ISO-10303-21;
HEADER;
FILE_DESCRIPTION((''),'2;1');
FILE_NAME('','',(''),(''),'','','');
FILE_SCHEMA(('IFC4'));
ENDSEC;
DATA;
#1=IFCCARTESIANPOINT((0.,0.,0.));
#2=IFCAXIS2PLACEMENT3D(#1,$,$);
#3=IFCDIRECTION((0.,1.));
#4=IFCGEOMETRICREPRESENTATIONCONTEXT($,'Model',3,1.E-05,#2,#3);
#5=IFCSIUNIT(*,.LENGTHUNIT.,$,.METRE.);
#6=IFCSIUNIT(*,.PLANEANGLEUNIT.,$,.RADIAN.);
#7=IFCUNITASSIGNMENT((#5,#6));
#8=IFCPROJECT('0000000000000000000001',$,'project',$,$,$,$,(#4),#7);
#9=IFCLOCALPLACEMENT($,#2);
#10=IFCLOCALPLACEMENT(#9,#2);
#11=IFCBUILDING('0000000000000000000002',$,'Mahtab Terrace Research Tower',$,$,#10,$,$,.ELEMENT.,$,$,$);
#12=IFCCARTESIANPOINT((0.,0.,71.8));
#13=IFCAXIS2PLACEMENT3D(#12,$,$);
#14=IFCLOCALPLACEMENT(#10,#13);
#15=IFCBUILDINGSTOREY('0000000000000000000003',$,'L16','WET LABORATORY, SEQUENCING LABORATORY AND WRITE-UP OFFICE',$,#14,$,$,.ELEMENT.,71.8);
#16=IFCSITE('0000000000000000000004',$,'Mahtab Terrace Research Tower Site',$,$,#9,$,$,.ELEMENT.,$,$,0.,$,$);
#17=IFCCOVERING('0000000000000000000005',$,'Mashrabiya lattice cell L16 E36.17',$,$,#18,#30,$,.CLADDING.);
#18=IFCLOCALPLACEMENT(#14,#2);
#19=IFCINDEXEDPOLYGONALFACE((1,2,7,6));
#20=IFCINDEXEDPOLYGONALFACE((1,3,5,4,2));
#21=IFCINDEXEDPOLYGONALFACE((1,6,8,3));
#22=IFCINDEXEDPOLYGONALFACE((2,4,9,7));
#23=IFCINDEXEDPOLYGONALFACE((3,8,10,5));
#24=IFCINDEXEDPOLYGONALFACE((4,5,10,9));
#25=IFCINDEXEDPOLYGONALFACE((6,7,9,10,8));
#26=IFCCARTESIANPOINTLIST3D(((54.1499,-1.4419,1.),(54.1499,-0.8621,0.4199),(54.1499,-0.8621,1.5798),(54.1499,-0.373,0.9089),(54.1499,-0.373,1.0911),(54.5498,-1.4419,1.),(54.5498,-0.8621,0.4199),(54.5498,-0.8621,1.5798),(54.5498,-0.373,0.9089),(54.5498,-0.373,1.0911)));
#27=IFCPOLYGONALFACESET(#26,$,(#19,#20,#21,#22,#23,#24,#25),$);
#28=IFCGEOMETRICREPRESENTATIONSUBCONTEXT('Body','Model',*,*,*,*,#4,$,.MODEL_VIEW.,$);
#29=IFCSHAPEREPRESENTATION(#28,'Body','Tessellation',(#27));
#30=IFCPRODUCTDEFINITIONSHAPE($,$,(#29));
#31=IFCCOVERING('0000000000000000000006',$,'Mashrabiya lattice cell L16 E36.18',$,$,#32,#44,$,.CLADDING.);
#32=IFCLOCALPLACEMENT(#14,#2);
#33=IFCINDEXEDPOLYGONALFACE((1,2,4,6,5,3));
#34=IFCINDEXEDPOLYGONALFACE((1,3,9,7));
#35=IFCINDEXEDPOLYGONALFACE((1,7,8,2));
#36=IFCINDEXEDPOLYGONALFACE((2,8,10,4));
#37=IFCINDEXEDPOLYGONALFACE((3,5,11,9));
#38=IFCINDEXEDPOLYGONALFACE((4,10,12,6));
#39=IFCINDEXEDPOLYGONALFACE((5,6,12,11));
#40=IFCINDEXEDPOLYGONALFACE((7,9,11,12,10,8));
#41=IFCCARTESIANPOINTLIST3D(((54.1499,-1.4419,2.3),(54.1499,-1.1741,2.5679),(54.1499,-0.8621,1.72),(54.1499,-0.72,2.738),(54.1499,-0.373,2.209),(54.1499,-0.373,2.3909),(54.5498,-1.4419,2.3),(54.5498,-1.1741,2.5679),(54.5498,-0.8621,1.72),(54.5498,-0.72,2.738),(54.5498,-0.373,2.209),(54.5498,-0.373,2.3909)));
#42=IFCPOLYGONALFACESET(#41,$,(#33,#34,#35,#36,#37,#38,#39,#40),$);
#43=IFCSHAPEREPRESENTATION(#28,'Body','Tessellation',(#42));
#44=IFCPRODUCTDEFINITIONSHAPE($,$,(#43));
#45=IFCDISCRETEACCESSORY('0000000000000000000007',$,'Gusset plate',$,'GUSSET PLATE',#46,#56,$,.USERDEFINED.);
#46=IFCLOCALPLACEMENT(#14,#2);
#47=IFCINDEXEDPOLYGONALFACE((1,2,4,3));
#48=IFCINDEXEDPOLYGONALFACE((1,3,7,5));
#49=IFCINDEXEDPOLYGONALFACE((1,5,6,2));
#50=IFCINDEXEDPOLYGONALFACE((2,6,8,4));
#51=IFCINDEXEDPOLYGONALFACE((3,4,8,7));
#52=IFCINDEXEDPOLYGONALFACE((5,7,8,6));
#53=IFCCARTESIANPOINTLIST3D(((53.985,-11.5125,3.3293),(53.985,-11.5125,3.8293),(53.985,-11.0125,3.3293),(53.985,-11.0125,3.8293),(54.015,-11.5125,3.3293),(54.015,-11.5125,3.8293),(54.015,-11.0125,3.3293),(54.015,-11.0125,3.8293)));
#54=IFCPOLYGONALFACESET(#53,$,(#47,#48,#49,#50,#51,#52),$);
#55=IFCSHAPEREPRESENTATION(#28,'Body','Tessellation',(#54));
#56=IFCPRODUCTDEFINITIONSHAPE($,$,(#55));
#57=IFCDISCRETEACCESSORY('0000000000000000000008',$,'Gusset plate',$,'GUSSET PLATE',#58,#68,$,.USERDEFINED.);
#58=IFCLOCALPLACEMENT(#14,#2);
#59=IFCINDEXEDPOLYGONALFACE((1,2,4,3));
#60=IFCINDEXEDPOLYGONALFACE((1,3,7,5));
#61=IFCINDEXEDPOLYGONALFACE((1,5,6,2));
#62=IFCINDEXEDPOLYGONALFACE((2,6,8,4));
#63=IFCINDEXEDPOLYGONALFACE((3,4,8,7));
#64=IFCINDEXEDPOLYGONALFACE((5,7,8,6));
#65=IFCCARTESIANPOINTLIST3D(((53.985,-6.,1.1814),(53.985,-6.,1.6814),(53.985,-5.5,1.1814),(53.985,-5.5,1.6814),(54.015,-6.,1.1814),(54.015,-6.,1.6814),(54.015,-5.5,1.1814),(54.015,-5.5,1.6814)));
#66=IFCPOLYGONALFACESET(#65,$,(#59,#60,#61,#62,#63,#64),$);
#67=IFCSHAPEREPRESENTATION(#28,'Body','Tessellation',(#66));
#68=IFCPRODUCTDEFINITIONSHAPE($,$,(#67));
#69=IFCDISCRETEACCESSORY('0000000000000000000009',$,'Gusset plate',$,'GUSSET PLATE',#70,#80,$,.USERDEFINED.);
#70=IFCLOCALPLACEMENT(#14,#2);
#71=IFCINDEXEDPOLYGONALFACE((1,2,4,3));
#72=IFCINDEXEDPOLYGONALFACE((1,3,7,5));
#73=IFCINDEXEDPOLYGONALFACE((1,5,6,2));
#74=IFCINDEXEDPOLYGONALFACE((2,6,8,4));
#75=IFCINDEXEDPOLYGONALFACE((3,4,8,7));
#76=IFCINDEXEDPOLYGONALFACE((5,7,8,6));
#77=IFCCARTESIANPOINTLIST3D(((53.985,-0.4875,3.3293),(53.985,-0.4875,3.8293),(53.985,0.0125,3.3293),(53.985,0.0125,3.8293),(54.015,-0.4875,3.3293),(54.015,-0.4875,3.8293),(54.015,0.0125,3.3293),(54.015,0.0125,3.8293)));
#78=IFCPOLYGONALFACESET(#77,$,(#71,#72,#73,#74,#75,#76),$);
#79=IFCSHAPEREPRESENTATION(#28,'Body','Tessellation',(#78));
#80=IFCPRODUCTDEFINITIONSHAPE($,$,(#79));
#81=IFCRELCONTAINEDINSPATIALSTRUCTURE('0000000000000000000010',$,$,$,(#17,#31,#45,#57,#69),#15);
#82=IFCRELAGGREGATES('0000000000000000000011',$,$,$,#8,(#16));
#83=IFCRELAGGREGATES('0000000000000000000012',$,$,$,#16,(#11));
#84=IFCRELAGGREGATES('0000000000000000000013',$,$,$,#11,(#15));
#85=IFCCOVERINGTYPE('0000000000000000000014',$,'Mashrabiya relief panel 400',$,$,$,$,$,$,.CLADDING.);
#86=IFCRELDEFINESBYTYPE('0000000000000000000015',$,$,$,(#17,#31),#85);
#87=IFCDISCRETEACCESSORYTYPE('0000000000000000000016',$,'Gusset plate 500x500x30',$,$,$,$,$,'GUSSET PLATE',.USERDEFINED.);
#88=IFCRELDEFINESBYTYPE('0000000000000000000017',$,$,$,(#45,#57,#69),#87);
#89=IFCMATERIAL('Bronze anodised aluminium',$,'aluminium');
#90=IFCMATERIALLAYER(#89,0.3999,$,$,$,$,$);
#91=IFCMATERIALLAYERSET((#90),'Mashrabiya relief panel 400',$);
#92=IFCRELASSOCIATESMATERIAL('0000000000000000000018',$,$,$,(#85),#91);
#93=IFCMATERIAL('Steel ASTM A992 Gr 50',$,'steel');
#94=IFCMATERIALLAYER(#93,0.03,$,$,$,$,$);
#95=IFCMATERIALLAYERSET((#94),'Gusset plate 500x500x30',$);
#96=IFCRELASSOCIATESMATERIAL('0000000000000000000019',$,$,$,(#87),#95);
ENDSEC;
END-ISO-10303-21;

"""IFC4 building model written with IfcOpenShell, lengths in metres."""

from ifc_helpers import new_model, si_unit, direction, frame, origin, origin_2d, place, context, subcontext, project, spatial, polyline, rectangle, outline, extrude, material, layer, layer_set, type_object, element, save


model = new_model("IFC4")

# Units and contexts
model_context = context("Model", 3, precision=1e-05, world=origin(), true_north=direction((0.0, 1.0)))
body_context = subcontext(model_context, "Body", "Model", "MODEL_VIEW")
ifc_project = project(units=[si_unit("LENGTHUNIT", "METRE"), si_unit("PLANEANGLEUNIT", "RADIAN")], contexts=[model_context])

# Site, building, storey
site_placement = place(None, origin())
site = spatial("IfcSite", under=ifc_project, at=site_placement, Name="Mahtab Terrace Research Tower Site", CompositionType="ELEMENT", RefElevation=0.0)
building_placement = place(site_placement, origin())
building = spatial("IfcBuilding", under=site, at=building_placement, Name="Mahtab Terrace Research Tower", CompositionType="ELEMENT")
storey_placement = place(building_placement, frame((0.0, 0.0, 71.8)))
storey = spatial("IfcBuildingStorey", under=building, at=storey_placement, Name="L16", Description="WET LABORATORY, SEQUENCING LABORATORY AND WRITE-UP OFFICE", CompositionType="ELEMENT", Elevation=71.8)

# Coverings
ifc_material_1 = material(Name="Bronze anodised aluminium", Category="aluminium")
ifc_layer_1 = layer(ifc_material_1, 0.3999)
ifc_layer_set_1 = layer_set([ifc_layer_1], Name="Mashrabiya relief panel 400")
covering_type = type_object("IfcCoveringType", Name="Mashrabiya relief panel 400", PredefinedType="CLADDING", material=ifc_layer_set_1)
covering_1_placement = place(storey_placement, frame((54.1499, -0.8621, 0.4199), z_axis=(-1.0, 0.0, 0.0), x_axis=(0.0, -0.706958, 0.707256)))
element("IfcCovering", 1, at=covering_1_placement, inside=storey, type_object=covering_type, Name="Mashrabiya lattice cell L16 E36.17", PredefinedType="CLADDING", context=body_context, shape_type="SweptSolid", body=[
    extrude(outline(polyline([(0.0, 0.0), (0.8202, 0.0), (0.8204, 0.82), (0.129, 0.8203), (0.0001, 0.6916), (0.0, 0.0)])), origin(), (0.0, 0.0, -1.0), 0.3999),
])
covering_2_placement = place(storey_placement, frame((54.1499, -0.8621, 1.72), z_axis=(-1.0, 0.0, 0.0), x_axis=(0.0, -0.706958, 0.707256)))
element("IfcCovering", 2, at=covering_2_placement, inside=storey, type_object=covering_type, Name="Mashrabiya lattice cell L16 E36.18", PredefinedType="CLADDING", context=body_context, shape_type="SweptSolid", body=[
    extrude(outline(polyline([(0.0, 0.0), (0.8202, 0.0), (0.8203, 0.3788), (0.6196, 0.8202), (0.1288, 0.8202), (0.0001, 0.6916), (0.0, 0.0)])), origin(), (0.0, 0.0, -1.0), 0.3999),
])

# Discrete accessories
ifc_material_2 = material(Name="Steel ASTM A992 Gr 50", Category="steel")
ifc_layer_2 = layer(ifc_material_2, 0.03)
ifc_layer_set_2 = layer_set([ifc_layer_2], Name="Gusset plate 500x500x30")
discrete_accessory_type = type_object("IfcDiscreteAccessoryType", Name="Gusset plate 500x500x30", ElementType="GUSSET PLATE", PredefinedType="USERDEFINED", material=ifc_layer_set_2)
for number, where, z_axis, x_axis, name in (
    (3, (54.0, -11.2625, 3.3293), (0.0, 0.0, 1.0), (0.0, 1.0, 0.0), "Gusset plate"),
    (4, (54.0, -5.75, 1.1814), (0.0, 0.0, 1.0), (0.0, 1.0, 0.0), "Gusset plate"),
    (5, (54.0, -0.2375, 3.3293), (0.0, 0.0, 1.0), (0.0, 1.0, 0.0), "Gusset plate"),
):
    element("IfcDiscreteAccessory", number, at=place(storey_placement, frame(where, z_axis=z_axis, x_axis=x_axis)), inside=storey, type_object=discrete_accessory_type, Name=name, ObjectType="GUSSET PLATE", PredefinedType="USERDEFINED", context=body_context, shape_type="SweptSolid", body=[
        extrude(rectangle(XDim=0.5, YDim=0.03, at=origin_2d()), origin(), (0.0, 0.0, 1.0), 0.5),
    ])

save(model, "model.ifc")
